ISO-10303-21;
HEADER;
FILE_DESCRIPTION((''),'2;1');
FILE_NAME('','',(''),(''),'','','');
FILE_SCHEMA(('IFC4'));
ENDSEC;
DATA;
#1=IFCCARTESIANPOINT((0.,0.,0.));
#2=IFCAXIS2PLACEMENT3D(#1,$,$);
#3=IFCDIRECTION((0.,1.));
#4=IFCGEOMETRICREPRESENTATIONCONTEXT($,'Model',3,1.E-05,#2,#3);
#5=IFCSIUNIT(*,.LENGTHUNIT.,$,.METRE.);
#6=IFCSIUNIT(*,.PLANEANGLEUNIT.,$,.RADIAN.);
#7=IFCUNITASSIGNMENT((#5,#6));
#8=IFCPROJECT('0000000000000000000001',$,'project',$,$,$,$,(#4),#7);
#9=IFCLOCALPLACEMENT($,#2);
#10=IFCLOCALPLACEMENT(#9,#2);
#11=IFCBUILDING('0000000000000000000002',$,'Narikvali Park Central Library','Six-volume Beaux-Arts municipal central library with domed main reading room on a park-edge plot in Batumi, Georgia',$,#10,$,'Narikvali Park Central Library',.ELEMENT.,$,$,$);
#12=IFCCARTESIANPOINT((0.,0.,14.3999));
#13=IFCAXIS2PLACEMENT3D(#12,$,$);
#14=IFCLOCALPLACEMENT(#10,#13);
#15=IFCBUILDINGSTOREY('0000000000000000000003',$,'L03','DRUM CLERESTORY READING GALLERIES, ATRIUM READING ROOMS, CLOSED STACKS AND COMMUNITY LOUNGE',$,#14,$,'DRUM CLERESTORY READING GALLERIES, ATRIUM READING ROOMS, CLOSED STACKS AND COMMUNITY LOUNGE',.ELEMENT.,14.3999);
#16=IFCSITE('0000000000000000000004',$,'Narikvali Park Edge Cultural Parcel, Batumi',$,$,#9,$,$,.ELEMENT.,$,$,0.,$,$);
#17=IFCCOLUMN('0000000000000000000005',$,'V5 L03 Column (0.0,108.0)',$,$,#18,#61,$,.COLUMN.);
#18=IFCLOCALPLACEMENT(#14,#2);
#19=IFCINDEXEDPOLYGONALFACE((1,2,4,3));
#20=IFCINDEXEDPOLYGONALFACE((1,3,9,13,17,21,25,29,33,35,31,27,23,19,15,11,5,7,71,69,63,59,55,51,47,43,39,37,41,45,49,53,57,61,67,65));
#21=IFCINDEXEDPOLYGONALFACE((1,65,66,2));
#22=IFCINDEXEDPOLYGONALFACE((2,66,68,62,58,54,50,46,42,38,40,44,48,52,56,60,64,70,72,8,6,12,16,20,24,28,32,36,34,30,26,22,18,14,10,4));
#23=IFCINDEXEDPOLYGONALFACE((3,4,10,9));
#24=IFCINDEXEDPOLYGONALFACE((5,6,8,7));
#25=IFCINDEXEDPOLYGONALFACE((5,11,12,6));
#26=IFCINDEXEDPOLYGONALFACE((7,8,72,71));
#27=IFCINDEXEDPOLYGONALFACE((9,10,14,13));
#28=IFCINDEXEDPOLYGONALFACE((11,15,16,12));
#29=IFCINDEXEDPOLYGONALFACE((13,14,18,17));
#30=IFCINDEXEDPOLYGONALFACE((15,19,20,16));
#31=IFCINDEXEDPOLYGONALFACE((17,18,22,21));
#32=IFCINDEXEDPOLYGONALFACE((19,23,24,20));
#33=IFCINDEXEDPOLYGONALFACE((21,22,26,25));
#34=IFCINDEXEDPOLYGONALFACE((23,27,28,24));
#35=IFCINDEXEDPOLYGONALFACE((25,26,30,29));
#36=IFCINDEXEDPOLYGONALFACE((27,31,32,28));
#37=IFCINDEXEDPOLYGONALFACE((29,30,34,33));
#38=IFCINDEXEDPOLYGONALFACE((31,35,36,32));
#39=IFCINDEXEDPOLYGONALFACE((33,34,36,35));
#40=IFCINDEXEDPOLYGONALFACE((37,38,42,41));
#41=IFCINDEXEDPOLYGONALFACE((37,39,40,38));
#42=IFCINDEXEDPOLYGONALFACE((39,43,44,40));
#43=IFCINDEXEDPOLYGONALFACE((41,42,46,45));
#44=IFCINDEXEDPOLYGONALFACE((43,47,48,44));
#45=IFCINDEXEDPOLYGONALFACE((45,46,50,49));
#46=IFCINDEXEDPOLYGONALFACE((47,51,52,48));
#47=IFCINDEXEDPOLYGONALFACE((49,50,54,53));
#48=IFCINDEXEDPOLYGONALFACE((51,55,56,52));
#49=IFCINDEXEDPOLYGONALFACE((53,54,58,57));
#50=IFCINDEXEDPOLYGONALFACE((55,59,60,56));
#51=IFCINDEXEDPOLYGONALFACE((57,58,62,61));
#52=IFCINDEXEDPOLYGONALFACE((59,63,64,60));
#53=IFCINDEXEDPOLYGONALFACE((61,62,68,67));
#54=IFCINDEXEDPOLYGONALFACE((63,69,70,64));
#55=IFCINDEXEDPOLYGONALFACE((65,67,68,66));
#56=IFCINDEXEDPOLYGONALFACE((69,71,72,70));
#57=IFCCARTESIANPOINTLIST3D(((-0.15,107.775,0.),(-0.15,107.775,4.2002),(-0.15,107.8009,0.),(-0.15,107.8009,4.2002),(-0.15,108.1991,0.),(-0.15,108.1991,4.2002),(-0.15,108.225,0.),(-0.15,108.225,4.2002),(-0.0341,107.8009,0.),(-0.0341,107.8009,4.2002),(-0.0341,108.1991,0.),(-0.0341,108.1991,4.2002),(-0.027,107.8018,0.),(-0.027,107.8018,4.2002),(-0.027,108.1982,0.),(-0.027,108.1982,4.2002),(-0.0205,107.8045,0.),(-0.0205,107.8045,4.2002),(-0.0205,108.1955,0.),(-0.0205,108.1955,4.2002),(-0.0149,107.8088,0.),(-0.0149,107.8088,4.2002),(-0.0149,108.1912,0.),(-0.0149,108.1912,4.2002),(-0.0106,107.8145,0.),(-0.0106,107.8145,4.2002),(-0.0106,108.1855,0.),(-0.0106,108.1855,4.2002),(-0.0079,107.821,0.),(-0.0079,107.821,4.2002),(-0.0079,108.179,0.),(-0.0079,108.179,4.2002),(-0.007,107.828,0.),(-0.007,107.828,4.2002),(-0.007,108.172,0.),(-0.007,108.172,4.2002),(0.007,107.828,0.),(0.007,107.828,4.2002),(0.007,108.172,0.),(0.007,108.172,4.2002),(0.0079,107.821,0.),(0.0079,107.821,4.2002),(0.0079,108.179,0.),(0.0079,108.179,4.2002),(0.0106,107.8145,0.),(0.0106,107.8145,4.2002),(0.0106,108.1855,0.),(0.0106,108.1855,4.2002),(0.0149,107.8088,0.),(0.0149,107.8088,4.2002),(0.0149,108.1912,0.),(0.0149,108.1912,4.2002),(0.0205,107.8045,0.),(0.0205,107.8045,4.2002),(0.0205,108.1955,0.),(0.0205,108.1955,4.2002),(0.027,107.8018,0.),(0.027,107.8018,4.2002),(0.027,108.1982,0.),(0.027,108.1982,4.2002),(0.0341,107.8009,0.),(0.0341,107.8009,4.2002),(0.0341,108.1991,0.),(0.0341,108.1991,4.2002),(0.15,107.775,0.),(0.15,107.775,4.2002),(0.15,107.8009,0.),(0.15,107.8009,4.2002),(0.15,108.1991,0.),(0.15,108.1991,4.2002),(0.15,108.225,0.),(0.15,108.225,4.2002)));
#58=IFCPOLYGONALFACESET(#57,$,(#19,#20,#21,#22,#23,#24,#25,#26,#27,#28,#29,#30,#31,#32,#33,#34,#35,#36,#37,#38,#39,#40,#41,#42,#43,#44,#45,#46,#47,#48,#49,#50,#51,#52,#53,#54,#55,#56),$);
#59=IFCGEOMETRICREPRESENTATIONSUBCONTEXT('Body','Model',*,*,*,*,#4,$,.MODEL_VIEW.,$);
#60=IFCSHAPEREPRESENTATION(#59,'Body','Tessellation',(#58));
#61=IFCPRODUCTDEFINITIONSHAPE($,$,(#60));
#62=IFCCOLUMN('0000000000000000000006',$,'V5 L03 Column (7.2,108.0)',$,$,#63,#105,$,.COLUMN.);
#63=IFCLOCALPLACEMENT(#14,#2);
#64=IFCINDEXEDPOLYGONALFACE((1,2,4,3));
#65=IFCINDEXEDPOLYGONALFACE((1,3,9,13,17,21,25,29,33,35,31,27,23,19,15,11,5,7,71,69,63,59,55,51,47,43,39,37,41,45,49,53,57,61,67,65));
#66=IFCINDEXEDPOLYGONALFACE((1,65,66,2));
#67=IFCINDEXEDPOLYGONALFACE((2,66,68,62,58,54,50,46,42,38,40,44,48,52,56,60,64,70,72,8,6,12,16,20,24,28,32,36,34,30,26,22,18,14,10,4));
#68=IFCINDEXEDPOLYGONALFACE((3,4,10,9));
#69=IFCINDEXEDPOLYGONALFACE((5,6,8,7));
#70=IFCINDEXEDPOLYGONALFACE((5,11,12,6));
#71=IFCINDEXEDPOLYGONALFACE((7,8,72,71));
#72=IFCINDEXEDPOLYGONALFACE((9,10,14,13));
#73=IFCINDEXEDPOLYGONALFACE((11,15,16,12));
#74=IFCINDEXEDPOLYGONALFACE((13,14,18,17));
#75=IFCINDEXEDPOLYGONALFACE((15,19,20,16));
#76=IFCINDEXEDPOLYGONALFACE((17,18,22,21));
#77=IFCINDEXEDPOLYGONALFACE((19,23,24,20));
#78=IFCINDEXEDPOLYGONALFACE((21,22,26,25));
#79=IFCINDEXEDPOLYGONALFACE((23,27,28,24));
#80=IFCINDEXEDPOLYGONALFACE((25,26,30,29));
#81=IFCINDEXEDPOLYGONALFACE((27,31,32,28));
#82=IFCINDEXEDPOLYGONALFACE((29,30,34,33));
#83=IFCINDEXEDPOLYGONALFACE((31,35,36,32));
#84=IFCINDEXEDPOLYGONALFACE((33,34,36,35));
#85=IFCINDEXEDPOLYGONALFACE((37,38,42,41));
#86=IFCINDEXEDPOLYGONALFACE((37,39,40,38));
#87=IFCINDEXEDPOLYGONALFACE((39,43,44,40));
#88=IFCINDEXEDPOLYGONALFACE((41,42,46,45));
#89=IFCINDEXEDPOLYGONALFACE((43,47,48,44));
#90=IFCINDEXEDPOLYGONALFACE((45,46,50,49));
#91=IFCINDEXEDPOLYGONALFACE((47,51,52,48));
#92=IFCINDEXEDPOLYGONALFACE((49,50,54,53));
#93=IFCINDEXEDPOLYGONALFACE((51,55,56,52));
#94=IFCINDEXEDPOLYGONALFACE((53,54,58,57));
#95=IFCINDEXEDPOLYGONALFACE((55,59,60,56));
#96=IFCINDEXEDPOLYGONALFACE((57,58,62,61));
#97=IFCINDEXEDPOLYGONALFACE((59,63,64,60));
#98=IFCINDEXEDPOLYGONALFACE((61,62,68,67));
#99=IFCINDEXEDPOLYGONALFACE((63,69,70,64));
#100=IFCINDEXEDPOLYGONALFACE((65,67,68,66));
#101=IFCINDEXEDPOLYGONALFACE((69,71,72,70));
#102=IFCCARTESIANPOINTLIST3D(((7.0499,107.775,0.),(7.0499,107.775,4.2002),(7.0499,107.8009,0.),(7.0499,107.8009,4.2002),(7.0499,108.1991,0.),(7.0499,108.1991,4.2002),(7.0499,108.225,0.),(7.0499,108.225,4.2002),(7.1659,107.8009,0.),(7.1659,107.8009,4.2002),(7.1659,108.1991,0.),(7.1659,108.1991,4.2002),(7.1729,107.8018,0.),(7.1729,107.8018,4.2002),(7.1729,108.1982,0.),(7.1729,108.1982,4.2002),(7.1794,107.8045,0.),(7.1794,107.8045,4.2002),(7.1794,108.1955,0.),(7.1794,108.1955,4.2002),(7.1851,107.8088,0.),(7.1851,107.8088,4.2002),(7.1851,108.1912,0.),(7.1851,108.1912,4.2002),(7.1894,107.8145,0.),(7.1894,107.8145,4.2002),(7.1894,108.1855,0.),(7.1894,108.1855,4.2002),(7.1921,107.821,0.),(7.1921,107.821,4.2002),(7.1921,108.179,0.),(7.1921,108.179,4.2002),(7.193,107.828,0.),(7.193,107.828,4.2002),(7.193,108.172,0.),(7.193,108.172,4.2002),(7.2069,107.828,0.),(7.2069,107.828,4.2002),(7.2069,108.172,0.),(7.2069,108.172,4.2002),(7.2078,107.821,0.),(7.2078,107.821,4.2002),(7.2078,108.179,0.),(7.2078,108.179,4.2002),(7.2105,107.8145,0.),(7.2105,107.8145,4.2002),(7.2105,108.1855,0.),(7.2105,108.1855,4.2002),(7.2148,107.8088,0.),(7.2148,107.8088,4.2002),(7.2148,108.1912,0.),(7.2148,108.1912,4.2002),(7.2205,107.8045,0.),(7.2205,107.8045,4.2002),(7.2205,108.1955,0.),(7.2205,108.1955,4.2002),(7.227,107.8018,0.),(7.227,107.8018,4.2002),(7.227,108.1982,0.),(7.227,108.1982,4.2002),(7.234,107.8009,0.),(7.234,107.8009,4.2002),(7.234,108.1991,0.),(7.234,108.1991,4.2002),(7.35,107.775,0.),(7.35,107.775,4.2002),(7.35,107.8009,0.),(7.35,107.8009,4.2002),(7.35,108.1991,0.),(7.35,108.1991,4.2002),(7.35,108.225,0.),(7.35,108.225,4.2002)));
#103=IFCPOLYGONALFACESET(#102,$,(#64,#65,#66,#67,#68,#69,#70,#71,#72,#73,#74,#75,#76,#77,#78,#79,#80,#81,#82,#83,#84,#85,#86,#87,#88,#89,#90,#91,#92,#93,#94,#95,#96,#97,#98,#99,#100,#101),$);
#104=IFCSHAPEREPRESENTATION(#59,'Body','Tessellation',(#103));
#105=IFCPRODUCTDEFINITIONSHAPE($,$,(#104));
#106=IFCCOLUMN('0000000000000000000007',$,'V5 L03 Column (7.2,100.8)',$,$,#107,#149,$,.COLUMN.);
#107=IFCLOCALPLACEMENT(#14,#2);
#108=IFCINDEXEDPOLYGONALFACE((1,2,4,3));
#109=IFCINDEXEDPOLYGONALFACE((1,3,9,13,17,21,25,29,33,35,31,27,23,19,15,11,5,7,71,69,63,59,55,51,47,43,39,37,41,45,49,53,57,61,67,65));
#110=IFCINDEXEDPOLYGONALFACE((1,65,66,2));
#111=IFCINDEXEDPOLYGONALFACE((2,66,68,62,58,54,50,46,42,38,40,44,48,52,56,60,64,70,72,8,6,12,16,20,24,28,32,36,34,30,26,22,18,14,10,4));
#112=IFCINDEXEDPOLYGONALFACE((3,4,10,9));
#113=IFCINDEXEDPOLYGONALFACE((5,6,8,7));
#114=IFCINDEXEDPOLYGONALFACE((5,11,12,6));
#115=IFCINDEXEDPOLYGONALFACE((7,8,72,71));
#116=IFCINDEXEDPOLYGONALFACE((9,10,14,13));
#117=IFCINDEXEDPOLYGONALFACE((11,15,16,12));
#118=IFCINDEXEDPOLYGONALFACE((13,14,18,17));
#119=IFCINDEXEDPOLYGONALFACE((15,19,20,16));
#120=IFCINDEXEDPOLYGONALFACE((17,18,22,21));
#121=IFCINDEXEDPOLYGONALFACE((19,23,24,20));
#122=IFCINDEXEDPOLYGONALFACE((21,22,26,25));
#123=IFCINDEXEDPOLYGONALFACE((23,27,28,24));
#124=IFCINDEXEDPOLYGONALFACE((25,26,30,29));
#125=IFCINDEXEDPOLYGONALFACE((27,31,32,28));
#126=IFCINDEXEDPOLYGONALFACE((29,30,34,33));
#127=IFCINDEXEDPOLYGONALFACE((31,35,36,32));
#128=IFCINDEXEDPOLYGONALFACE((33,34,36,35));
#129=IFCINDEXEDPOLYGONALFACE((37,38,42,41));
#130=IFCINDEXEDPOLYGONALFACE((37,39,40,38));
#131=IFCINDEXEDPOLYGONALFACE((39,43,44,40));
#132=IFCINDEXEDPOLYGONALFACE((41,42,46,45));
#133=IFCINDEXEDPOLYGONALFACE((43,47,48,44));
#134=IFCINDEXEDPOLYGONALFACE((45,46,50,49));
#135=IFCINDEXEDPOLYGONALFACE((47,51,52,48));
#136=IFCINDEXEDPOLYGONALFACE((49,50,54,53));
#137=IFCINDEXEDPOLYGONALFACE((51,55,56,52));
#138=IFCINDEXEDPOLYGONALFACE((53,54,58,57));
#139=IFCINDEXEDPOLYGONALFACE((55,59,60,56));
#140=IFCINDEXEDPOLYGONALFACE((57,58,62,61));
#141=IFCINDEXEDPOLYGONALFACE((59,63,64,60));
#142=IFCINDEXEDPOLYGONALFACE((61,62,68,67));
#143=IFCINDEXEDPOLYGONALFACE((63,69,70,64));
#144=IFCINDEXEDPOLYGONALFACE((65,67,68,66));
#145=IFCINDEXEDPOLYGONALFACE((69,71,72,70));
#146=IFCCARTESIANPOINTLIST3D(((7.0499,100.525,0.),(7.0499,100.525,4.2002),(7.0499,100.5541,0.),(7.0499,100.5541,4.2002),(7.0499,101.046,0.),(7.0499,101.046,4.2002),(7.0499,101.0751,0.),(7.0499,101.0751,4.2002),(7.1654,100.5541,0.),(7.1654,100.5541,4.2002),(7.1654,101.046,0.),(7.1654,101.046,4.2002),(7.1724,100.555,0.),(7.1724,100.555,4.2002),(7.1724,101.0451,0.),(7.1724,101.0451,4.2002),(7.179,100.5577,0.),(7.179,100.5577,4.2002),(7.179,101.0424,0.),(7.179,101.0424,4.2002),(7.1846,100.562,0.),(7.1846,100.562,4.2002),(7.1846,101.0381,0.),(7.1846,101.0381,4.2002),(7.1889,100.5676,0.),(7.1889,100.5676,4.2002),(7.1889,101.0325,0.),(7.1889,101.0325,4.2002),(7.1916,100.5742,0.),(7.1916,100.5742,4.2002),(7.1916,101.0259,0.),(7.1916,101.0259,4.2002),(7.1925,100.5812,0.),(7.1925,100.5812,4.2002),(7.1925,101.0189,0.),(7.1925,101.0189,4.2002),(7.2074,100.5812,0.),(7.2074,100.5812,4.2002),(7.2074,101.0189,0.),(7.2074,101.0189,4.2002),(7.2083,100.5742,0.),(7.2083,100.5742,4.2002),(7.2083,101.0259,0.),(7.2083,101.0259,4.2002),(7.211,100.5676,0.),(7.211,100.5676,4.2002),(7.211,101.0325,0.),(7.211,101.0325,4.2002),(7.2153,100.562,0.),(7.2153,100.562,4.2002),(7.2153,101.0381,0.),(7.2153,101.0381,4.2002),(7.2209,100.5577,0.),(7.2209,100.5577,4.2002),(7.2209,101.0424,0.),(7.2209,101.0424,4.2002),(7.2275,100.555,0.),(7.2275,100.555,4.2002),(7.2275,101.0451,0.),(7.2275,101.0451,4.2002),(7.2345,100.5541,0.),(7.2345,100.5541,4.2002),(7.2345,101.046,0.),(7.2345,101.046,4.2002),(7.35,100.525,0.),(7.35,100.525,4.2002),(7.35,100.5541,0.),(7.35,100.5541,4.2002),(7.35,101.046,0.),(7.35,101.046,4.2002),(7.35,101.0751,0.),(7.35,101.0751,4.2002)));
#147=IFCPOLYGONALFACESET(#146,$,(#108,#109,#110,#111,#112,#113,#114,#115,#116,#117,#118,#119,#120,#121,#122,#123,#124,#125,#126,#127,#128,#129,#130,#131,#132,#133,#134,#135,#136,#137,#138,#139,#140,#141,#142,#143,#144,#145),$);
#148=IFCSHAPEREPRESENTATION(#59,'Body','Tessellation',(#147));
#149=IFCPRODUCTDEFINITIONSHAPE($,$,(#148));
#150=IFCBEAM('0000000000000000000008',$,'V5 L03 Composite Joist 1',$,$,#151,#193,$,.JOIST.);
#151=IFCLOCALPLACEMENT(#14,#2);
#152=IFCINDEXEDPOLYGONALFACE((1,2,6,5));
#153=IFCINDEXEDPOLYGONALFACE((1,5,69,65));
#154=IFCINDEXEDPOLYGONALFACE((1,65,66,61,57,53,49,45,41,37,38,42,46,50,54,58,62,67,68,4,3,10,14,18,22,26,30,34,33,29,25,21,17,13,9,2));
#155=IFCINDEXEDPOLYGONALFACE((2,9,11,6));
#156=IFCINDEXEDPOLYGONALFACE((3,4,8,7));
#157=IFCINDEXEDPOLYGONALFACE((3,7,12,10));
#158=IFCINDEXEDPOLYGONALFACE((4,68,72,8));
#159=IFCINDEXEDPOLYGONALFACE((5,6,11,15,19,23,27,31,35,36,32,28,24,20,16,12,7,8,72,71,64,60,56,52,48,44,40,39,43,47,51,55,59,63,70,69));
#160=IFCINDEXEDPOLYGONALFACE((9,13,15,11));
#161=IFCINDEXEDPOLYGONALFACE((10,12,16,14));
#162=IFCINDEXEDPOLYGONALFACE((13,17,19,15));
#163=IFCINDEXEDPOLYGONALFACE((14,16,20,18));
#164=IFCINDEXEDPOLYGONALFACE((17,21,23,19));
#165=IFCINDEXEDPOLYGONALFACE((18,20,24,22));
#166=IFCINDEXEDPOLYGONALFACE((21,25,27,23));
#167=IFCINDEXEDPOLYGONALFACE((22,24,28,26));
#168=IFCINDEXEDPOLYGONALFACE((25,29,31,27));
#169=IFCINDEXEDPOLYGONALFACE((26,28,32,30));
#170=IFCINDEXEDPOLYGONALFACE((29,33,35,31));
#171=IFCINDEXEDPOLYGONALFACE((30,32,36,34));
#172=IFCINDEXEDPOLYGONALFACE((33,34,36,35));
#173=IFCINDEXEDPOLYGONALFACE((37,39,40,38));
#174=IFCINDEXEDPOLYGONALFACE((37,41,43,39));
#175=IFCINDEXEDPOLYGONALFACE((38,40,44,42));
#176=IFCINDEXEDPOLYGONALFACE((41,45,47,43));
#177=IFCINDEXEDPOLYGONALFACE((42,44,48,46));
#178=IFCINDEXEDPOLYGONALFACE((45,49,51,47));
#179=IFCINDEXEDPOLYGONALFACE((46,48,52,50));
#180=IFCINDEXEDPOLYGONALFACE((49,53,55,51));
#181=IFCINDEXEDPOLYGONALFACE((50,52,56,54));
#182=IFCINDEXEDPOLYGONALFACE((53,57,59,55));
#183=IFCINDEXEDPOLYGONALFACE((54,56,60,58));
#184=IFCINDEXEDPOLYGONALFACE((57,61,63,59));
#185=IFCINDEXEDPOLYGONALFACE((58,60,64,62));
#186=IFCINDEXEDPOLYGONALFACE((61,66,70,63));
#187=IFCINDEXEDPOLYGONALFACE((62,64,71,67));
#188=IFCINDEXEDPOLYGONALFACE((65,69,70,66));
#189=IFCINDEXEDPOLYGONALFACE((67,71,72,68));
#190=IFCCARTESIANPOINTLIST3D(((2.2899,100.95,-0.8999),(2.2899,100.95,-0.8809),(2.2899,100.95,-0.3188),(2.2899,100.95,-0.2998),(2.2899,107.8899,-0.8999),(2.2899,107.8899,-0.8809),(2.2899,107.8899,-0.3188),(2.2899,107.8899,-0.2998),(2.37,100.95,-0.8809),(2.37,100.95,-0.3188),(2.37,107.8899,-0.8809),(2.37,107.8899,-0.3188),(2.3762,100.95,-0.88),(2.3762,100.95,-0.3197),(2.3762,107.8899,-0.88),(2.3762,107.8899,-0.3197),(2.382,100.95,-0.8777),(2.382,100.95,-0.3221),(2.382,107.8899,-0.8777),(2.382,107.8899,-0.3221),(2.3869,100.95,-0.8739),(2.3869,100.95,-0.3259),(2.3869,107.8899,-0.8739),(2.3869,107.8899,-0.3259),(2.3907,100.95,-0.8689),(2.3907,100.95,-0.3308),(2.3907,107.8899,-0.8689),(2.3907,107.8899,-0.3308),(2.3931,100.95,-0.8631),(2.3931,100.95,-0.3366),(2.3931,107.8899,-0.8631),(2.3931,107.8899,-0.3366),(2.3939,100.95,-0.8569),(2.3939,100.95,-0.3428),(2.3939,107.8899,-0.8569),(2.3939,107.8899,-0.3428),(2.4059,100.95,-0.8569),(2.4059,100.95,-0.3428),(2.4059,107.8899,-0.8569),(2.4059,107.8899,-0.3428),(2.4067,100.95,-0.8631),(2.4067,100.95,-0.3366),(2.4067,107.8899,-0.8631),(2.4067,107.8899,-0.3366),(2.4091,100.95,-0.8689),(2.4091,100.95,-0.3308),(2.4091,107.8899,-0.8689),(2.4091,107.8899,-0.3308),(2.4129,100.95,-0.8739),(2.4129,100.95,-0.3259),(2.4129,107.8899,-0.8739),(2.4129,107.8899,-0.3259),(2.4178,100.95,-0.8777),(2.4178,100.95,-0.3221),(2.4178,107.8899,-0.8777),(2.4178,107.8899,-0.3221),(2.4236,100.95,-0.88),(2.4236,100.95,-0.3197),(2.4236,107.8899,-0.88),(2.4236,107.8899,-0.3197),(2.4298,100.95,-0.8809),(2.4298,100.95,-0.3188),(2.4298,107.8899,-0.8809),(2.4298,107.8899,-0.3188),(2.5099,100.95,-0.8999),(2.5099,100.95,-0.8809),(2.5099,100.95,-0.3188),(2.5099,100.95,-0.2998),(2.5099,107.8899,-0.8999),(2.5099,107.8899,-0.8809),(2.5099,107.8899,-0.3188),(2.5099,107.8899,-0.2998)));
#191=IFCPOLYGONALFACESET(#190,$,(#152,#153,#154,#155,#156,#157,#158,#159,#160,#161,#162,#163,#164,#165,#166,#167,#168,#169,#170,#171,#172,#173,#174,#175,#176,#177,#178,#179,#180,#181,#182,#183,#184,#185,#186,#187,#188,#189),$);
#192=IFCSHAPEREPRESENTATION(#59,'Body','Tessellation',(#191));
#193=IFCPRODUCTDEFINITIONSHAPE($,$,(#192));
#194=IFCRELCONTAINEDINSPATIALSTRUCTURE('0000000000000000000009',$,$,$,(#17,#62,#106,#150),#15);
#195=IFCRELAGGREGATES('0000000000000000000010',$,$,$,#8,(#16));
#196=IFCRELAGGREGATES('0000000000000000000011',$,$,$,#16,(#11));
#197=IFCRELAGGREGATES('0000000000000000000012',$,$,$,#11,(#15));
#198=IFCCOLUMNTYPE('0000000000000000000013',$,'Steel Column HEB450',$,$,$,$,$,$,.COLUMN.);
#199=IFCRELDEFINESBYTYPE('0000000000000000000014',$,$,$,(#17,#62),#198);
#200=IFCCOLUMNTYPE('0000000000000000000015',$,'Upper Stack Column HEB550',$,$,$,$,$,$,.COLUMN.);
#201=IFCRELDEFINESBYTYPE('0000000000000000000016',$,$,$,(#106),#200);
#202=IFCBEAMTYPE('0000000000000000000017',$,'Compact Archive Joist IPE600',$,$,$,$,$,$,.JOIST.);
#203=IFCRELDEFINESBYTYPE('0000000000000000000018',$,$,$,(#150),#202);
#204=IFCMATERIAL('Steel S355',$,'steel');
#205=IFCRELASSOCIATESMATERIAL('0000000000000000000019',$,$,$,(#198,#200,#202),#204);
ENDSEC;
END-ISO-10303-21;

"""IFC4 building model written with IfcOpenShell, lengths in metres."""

from ifc_helpers import new_model, si_unit, direction, frame, origin, origin_2d, place, context, subcontext, project, spatial, i_section, extrude, material, material_profile, profile_set, type_object, element, save


model = new_model("IFC4")

# Units and contexts
model_context = context("Model", 3, precision=1e-05, world=origin(), true_north=direction((0.0, 1.0)))
body_context = subcontext(model_context, "Body", "Model", "MODEL_VIEW")
ifc_project = project(units=[si_unit("LENGTHUNIT", "METRE"), si_unit("PLANEANGLEUNIT", "RADIAN")], contexts=[model_context])

# Site, building, storey
site_placement = place(None, origin())
site = spatial("IfcSite", under=ifc_project, at=site_placement, Name="Narikvali Park Edge Cultural Parcel, Batumi", CompositionType="ELEMENT", RefElevation=0.0)
building_placement = place(site_placement, origin())
building = spatial("IfcBuilding", under=site, at=building_placement, Name="Narikvali Park Central Library", Description="Six-volume Beaux-Arts municipal central library with domed main reading room on a park-edge plot in Batumi, Georgia", LongName="Narikvali Park Central Library", CompositionType="ELEMENT")
storey_placement = place(building_placement, frame((0.0, 0.0, 14.3999)))
storey = spatial("IfcBuildingStorey", under=building, at=storey_placement, Name="L03", Description="DRUM CLERESTORY READING GALLERIES, ATRIUM READING ROOMS, CLOSED STACKS AND COMMUNITY LOUNGE", LongName="DRUM CLERESTORY READING GALLERIES, ATRIUM READING ROOMS, CLOSED STACKS AND COMMUNITY LOUNGE", CompositionType="ELEMENT", Elevation=14.3999)

# Columns
ifc_material_1 = material(Name="Steel S355", Category="steel")
ifc_material_profile_1 = material_profile(ifc_material_1, i_section(OverallWidth=0.3, OverallDepth=0.45, WebThickness=0.0139, FlangeThickness=0.0259, FilletRadius=0.0271, at=origin_2d()), Name="HEB 450")
ifc_profile_set_1 = profile_set([ifc_material_profile_1], Name="Steel S355")
column_type_1 = type_object("IfcColumnType", Name="Steel Column HEB450", PredefinedType="COLUMN", material=ifc_profile_set_1)
for number, where, z_axis, x_axis, name in (
    (1, (0.0, 108.0, 0.0), (0.0, 0.0, 1.0), (1.0, 0.0, 0.0), "V5 L03 Column (0.0,108.0)"),
    (2, (7.2, 108.0, 0.0), (0.0, 0.0, 1.0), (1.0, 0.0, 0.0), "V5 L03 Column (7.2,108.0)"),
):
    element("IfcColumn", number, at=place(storey_placement, frame(where, z_axis=z_axis, x_axis=x_axis)), inside=storey, type_object=column_type_1, Name=name, PredefinedType="COLUMN", context=body_context, shape_type="SweptSolid", body=[
        extrude(i_section(OverallWidth=0.3, OverallDepth=0.45, WebThickness=0.0139, FlangeThickness=0.0259, FilletRadius=0.0271, at=origin_2d()), origin(), (0.0, 0.0, 1.0), 4.2002),
    ])
ifc_material_profile_2 = material_profile(ifc_material_1, i_section(OverallWidth=0.3, OverallDepth=0.55, WebThickness=0.0149, FlangeThickness=0.0291, FilletRadius=0.0271, at=origin_2d()), Name="HEB 550")
ifc_profile_set_2 = profile_set([ifc_material_profile_2], Name="Steel S355")
column_type_2 = type_object("IfcColumnType", Name="Upper Stack Column HEB550", PredefinedType="COLUMN", material=ifc_profile_set_2)
column_placement = place(storey_placement, frame((7.2, 100.8, 0.0), z_axis=(0.0, 0.0, 1.0), x_axis=(1.0, 0.0, 0.0)))
element("IfcColumn", 3, at=column_placement, inside=storey, type_object=column_type_2, Name="V5 L03 Column (7.2,100.8)", PredefinedType="COLUMN", context=body_context, shape_type="SweptSolid", body=[
    extrude(i_section(OverallWidth=0.3, OverallDepth=0.55, WebThickness=0.0149, FlangeThickness=0.0291, FilletRadius=0.0271, at=origin_2d()), origin(), (0.0, 0.0, 1.0), 4.2002),
])

# Beam
ifc_material_profile_3 = material_profile(ifc_material_1, i_section(OverallWidth=0.22, OverallDepth=0.6001, WebThickness=0.012, FlangeThickness=0.019, FilletRadius=0.0239, at=origin_2d()), Name="IPE 600")
ifc_profile_set_3 = profile_set([ifc_material_profile_3], Name="Steel S355")
beam_type_1 = type_object("IfcBeamType", Name="Compact Archive Joist IPE600", PredefinedType="JOIST", material=ifc_profile_set_3)
for number, where, z_axis, x_axis, name in (
    (4, (2.3999, 100.95, -0.5999), (0.0, 1.0, 0.0), (-1.0, 0.0, 0.0), "V5 L03 Composite Joist 1"),
):
    element("IfcBeam", number, at=place(storey_placement, frame(where, z_axis=z_axis, x_axis=x_axis)), inside=storey, type_object=beam_type_1, Name=name, PredefinedType="JOIST", context=body_context, shape_type="SweptSolid", body=[
        extrude(i_section(OverallWidth=0.22, OverallDepth=0.6001, WebThickness=0.012, FlangeThickness=0.019, FilletRadius=0.0239, at=origin_2d()), origin(), (0.0, 0.0, 1.0), 6.9399),
    ])

save(model, "model.ifc")
